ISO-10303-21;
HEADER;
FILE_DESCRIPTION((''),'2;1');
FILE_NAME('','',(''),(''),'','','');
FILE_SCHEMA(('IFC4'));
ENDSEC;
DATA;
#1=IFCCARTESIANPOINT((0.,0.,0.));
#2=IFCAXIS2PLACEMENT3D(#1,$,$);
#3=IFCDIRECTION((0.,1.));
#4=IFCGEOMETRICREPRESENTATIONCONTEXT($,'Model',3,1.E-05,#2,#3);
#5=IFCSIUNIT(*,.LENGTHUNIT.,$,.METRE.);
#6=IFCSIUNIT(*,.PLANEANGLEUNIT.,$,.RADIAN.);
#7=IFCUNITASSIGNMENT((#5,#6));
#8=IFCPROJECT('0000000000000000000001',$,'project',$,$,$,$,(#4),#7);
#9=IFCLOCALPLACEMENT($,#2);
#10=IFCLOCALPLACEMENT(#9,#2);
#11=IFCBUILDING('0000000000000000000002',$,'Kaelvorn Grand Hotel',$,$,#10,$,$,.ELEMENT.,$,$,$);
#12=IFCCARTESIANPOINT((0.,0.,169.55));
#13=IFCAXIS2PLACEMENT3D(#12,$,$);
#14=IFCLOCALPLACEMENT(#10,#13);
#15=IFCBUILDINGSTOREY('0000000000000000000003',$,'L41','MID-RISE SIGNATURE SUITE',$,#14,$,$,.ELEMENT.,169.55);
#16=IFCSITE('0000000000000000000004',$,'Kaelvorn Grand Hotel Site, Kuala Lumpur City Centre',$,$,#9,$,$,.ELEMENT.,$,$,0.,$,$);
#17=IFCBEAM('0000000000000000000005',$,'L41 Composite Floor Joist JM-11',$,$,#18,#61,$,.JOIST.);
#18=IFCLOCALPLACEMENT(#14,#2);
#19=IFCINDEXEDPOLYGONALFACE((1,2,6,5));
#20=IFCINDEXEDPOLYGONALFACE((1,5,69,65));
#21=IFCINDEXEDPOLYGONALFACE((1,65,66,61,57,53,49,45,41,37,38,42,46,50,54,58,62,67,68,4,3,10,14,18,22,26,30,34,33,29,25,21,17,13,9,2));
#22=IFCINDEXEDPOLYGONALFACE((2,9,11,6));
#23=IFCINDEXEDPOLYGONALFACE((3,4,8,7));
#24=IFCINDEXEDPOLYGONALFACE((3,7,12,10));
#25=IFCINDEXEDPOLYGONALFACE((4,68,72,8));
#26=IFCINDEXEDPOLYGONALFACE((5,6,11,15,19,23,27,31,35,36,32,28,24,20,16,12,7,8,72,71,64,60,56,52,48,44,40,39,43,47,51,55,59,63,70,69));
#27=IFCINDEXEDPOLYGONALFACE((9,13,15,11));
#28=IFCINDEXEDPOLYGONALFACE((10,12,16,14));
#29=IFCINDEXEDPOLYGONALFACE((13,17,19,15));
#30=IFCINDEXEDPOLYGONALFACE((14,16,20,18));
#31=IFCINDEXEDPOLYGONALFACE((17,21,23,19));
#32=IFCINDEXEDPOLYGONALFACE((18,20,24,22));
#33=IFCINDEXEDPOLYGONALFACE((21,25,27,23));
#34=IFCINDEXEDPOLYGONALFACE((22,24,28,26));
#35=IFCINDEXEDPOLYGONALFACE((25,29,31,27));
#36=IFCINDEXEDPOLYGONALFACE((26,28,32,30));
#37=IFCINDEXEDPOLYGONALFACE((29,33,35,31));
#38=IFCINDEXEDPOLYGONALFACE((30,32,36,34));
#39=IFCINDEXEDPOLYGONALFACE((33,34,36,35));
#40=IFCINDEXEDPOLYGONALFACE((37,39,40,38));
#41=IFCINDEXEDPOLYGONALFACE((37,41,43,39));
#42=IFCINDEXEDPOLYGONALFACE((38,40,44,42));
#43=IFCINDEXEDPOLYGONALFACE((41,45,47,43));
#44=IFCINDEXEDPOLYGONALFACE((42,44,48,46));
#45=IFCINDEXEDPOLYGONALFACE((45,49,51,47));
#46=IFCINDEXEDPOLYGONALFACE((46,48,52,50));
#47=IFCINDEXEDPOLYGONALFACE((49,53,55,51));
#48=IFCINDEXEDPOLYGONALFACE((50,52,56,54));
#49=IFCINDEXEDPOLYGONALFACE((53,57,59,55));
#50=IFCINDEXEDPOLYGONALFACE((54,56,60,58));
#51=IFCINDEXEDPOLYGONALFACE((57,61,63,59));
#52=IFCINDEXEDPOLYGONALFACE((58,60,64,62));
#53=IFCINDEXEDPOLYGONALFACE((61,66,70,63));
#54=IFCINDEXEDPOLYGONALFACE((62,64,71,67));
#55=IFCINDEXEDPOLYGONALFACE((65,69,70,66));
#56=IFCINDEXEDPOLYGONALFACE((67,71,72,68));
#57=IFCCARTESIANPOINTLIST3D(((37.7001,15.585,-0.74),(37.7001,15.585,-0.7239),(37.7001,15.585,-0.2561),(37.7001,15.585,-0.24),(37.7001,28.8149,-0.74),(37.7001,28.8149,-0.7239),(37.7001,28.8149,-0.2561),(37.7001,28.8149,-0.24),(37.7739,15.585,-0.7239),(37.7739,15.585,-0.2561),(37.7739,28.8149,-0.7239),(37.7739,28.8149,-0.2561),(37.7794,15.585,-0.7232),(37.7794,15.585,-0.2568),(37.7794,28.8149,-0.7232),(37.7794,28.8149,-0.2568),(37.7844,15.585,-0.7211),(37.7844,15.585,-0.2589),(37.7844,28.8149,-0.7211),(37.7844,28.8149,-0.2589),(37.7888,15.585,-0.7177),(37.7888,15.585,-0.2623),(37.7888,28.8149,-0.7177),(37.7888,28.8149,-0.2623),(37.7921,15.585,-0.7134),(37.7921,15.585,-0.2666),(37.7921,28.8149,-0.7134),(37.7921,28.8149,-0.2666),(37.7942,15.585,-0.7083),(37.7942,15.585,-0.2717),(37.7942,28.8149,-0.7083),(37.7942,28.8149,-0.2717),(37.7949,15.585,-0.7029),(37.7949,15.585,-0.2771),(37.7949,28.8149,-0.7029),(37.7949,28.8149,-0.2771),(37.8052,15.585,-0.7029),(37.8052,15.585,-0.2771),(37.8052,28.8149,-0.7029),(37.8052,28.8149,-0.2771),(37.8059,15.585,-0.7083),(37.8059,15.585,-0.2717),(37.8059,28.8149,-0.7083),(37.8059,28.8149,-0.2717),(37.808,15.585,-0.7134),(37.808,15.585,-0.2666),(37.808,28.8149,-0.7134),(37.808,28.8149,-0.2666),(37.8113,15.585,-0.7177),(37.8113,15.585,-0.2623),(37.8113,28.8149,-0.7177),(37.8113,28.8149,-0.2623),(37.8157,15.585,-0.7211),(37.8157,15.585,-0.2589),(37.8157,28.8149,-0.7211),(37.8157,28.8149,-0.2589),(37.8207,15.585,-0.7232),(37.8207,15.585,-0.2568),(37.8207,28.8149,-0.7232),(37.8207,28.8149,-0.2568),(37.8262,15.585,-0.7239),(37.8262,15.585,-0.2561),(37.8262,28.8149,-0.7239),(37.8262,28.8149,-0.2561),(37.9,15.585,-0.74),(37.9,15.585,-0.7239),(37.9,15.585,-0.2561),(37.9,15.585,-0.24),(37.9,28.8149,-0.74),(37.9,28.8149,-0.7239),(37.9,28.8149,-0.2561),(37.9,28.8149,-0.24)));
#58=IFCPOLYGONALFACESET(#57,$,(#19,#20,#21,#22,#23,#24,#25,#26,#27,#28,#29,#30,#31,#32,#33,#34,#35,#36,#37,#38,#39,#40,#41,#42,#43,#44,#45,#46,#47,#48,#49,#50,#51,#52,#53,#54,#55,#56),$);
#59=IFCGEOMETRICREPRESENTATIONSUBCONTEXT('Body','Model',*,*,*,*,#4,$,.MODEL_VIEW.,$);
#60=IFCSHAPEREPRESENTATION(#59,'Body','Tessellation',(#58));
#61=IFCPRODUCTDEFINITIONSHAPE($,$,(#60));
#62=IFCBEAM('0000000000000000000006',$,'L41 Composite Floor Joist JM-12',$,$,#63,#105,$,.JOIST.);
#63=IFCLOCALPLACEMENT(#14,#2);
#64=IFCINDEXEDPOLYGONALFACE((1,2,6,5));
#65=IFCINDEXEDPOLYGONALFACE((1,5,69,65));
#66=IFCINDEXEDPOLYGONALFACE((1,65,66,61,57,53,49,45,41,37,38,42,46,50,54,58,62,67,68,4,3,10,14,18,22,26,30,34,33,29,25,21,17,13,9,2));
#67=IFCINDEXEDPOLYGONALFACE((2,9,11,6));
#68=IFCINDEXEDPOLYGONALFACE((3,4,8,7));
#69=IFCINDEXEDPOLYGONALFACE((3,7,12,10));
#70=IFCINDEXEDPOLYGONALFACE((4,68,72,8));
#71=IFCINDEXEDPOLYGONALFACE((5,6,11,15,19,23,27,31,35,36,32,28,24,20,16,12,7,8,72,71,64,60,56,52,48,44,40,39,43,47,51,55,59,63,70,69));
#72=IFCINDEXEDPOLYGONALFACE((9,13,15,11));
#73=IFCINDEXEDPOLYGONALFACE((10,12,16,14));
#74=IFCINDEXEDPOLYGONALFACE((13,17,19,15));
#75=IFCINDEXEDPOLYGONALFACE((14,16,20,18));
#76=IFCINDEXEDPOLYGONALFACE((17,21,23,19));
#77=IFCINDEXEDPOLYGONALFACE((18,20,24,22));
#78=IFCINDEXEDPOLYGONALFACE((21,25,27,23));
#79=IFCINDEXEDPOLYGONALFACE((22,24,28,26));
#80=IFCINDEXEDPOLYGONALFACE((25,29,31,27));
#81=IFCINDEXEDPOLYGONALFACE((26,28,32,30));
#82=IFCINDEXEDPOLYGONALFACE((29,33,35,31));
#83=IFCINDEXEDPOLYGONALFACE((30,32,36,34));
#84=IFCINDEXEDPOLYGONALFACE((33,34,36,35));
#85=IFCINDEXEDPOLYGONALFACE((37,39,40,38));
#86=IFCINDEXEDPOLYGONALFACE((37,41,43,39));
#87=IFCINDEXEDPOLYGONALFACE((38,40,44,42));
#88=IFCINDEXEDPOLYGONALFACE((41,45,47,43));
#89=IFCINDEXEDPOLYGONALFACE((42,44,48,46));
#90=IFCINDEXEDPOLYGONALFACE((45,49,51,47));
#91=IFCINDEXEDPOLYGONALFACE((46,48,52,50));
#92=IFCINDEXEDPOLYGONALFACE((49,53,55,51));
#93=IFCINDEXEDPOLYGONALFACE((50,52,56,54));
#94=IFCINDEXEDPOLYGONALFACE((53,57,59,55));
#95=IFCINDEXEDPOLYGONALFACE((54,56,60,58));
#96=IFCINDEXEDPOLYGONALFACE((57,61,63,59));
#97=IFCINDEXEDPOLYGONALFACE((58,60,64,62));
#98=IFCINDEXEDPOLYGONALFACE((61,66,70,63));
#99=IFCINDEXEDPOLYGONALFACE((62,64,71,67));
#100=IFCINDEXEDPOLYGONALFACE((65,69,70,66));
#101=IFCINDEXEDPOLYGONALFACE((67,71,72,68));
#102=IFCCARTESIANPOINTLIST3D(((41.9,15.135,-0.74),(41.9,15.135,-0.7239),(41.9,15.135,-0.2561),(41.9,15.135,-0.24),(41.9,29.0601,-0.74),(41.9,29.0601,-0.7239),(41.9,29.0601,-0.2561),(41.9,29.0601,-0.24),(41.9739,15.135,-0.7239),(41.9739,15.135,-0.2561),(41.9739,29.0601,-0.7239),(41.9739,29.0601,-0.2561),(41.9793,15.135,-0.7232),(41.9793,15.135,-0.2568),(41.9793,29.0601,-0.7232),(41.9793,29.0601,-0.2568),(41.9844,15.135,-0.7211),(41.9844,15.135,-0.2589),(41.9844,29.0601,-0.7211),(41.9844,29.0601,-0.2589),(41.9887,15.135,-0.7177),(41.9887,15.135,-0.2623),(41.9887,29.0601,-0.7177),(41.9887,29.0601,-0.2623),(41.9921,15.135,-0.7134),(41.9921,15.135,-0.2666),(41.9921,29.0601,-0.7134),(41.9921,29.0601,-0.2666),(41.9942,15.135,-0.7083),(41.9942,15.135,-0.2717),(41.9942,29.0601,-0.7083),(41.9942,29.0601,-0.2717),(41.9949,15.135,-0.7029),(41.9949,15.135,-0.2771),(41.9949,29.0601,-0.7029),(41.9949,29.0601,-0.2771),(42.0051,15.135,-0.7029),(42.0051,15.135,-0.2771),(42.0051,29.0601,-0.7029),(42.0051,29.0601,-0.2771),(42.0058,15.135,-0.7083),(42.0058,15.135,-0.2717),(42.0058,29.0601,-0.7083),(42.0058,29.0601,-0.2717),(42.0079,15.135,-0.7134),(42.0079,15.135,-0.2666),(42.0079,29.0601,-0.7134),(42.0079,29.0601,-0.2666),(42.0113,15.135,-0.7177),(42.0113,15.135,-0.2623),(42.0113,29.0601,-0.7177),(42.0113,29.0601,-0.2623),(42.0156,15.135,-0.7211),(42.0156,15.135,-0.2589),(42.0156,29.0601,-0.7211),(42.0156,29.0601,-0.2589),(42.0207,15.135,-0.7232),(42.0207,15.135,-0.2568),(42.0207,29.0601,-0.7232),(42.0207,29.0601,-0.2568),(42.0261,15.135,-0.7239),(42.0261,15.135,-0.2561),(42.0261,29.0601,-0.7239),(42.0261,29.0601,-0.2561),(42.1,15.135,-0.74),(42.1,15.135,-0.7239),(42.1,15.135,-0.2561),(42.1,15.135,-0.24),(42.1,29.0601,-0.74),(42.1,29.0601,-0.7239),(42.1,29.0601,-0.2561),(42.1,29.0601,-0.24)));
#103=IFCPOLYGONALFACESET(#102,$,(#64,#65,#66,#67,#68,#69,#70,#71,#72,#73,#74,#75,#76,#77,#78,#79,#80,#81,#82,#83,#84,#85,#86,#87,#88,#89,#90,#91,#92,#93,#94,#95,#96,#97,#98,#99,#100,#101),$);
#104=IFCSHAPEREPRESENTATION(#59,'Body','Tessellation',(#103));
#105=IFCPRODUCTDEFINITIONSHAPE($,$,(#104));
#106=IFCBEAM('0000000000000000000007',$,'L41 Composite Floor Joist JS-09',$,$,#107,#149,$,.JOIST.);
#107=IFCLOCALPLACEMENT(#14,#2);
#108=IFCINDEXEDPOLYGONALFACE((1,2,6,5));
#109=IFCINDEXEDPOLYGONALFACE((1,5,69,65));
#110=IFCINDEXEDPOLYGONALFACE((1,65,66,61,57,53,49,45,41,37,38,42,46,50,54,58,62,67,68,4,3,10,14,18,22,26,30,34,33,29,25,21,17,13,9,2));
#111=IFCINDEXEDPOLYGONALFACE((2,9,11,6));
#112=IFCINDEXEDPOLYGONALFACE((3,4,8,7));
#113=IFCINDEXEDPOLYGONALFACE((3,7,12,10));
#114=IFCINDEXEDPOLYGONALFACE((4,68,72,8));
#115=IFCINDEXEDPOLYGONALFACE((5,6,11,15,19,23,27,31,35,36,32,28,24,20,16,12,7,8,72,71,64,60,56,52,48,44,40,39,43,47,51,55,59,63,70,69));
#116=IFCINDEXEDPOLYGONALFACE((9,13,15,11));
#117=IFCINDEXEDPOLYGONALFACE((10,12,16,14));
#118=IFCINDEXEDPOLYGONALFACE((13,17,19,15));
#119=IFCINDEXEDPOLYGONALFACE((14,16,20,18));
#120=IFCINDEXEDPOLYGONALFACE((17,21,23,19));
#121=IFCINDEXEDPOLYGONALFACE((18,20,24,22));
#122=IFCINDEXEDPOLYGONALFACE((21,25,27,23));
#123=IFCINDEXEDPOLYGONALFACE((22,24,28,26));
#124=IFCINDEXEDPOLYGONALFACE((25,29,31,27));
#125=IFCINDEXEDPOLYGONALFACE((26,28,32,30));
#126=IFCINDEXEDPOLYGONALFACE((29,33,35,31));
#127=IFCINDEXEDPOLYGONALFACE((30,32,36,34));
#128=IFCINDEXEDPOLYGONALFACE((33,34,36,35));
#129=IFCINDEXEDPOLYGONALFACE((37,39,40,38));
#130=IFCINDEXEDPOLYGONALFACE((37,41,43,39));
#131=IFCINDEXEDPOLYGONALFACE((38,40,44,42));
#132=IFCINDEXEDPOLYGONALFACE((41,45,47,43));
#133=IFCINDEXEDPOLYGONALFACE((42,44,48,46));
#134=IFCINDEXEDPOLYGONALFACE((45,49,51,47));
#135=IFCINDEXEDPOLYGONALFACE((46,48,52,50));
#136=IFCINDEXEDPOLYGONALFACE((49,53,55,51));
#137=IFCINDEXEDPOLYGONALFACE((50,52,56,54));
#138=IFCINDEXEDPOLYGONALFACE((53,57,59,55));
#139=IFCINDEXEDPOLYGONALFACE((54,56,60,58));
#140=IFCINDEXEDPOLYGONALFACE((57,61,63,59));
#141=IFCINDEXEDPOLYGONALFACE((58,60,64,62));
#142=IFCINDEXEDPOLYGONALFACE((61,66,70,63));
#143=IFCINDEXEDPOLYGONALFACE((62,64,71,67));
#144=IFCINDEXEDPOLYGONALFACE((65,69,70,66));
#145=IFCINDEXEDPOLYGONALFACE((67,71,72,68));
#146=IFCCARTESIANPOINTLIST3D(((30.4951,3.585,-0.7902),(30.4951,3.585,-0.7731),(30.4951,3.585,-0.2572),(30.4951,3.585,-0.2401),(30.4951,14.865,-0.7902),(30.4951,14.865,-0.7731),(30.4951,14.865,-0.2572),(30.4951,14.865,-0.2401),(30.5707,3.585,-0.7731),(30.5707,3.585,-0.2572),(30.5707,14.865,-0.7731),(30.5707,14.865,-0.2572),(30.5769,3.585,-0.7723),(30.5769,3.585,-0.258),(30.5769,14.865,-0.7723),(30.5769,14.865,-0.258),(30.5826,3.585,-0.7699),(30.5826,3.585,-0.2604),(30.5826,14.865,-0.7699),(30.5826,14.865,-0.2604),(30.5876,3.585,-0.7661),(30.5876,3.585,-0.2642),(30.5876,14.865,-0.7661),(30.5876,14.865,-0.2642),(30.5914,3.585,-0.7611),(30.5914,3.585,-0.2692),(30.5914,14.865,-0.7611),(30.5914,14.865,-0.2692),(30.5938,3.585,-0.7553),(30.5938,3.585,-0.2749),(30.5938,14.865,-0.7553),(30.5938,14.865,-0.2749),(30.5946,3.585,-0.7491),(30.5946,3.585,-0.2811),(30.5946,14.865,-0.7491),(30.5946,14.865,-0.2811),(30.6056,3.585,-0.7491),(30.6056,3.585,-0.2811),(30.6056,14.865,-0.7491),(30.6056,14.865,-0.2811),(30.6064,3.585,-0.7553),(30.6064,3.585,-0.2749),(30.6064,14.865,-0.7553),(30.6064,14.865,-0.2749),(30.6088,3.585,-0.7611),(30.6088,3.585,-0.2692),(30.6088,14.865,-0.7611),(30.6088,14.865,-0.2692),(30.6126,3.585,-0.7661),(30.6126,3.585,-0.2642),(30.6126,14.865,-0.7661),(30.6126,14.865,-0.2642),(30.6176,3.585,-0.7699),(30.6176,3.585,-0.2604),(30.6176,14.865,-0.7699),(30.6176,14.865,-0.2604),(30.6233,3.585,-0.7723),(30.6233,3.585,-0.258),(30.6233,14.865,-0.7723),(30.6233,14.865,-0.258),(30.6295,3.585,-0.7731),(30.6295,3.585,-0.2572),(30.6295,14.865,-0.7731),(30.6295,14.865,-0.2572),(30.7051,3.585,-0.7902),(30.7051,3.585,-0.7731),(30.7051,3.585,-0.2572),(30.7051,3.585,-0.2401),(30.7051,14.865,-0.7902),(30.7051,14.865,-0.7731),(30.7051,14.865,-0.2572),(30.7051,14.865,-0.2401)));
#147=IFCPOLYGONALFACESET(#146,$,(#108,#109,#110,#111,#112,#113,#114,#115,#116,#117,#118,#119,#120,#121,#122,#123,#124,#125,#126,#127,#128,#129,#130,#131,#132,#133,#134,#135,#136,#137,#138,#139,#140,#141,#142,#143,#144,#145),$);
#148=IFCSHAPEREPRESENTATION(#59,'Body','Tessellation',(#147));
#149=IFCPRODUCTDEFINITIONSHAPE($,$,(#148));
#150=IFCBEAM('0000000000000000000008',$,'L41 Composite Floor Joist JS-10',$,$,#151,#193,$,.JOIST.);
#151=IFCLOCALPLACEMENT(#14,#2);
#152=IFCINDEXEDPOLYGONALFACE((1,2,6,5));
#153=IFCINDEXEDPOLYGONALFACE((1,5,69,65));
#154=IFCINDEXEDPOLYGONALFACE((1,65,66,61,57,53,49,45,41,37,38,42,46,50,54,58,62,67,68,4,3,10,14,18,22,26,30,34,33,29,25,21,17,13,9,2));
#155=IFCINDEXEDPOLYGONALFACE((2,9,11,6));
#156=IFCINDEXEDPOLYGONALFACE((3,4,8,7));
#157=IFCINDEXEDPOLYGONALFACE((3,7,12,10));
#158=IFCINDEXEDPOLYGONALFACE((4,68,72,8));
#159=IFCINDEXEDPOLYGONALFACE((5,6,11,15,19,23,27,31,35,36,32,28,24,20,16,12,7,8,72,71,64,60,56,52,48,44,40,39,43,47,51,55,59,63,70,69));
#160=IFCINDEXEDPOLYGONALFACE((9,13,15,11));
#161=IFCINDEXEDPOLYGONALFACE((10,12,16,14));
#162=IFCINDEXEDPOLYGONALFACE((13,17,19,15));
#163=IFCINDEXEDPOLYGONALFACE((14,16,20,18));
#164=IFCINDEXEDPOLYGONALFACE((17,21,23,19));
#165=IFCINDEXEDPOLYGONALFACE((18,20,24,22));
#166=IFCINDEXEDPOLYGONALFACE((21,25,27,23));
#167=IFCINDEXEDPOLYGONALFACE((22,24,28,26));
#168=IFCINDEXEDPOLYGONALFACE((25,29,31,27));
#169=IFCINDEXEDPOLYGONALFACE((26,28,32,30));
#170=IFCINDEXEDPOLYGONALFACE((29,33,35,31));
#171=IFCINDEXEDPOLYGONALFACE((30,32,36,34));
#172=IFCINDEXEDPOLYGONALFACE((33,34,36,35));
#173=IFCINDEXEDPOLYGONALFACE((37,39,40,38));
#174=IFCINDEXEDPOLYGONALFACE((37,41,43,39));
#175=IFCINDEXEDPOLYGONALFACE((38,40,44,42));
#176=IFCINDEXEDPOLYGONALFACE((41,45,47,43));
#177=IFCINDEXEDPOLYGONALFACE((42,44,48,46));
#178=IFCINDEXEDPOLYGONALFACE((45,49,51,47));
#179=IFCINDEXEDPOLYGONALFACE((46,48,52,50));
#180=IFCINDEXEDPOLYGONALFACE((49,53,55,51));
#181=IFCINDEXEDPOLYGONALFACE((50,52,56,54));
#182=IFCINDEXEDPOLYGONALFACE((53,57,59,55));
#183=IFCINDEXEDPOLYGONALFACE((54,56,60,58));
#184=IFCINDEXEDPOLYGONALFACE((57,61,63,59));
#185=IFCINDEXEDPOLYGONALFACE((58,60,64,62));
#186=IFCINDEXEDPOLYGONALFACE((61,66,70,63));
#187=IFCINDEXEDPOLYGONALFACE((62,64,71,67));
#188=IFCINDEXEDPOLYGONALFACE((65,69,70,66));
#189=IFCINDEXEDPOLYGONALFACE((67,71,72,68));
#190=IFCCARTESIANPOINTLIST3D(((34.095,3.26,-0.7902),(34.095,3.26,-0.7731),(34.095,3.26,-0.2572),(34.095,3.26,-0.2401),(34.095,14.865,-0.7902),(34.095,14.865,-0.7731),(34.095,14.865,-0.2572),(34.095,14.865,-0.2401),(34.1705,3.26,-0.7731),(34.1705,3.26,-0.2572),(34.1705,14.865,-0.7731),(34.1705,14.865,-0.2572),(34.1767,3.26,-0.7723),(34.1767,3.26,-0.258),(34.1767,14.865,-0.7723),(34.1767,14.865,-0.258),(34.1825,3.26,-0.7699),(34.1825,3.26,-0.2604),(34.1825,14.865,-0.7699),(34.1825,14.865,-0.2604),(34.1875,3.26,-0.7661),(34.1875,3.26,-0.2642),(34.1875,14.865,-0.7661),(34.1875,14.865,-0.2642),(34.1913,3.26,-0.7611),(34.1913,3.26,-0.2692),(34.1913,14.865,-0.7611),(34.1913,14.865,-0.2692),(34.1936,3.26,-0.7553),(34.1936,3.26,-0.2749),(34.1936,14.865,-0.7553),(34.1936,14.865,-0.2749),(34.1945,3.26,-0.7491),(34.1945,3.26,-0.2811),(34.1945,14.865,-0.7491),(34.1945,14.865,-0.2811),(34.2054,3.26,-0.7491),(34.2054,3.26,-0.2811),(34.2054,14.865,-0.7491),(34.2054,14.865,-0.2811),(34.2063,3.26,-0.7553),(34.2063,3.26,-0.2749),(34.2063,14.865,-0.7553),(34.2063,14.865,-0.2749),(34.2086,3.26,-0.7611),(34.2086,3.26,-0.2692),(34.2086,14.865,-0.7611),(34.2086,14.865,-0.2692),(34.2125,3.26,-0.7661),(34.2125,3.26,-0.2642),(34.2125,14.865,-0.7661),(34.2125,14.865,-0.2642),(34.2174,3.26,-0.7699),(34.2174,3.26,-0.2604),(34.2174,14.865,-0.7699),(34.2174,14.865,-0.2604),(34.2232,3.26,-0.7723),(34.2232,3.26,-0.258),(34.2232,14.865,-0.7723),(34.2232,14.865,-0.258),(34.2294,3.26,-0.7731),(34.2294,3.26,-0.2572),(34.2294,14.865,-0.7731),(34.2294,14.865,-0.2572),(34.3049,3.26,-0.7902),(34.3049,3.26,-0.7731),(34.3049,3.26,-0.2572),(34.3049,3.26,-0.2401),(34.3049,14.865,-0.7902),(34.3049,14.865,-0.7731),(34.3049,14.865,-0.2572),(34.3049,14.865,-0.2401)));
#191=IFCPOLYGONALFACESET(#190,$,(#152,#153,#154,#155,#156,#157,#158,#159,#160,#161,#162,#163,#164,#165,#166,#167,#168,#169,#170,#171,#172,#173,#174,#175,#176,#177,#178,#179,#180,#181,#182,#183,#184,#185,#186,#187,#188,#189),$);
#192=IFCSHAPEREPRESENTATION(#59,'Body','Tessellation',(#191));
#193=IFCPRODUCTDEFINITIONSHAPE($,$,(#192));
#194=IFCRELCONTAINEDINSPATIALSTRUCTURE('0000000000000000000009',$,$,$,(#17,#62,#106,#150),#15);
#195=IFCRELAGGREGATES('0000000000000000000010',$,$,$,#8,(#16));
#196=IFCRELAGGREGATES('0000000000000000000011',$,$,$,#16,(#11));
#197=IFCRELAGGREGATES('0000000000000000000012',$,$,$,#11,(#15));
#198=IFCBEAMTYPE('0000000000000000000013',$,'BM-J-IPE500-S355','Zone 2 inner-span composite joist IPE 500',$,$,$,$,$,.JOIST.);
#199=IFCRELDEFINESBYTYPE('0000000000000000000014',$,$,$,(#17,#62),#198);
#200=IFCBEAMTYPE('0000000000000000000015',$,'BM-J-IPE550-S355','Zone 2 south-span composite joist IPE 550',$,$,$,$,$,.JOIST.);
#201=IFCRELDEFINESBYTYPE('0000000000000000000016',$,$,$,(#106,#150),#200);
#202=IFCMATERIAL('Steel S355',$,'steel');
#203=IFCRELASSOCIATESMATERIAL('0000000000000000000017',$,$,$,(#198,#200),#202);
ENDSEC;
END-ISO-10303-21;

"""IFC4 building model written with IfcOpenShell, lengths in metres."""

from ifc_helpers import new_model, si_unit, direction, frame, origin, origin_2d, place, context, subcontext, project, spatial, i_section, extrude, material, material_profile, profile_set, type_object, element, save


model = new_model("IFC4")

# Units and contexts
model_context = context("Model", 3, precision=1e-05, world=origin(), true_north=direction((0.0, 1.0)))
body_context = subcontext(model_context, "Body", "Model", "MODEL_VIEW")
ifc_project = project(units=[si_unit("LENGTHUNIT", "METRE"), si_unit("PLANEANGLEUNIT", "RADIAN")], contexts=[model_context])

# Site, building, storey
site_placement = place(None, origin())
site = spatial("IfcSite", under=ifc_project, at=site_placement, Name="Kaelvorn Grand Hotel Site, Kuala Lumpur City Centre", CompositionType="ELEMENT", RefElevation=0.0)
building_placement = place(site_placement, origin())
building = spatial("IfcBuilding", under=site, at=building_placement, Name="Kaelvorn Grand Hotel", CompositionType="ELEMENT")
storey_placement = place(building_placement, frame((0.0, 0.0, 169.55)))
storey = spatial("IfcBuildingStorey", under=building, at=storey_placement, Name="L41", Description="MID-RISE SIGNATURE SUITE", CompositionType="ELEMENT", Elevation=169.55)

# Beams
ifc_material_1 = material(Name="Steel S355", Category="steel")
ifc_material_profile_1 = material_profile(ifc_material_1, i_section(OverallWidth=0.2, OverallDepth=0.5, WebThickness=0.0103, FlangeThickness=0.0161, FilletRadius=0.021, at=origin_2d()), Name="IPE 500")
ifc_profile_set_1 = profile_set([ifc_material_profile_1], Name="Steel S355")
beam_type_1 = type_object("IfcBeamType", Name="BM-J-IPE500-S355", Description="Zone 2 inner-span composite joist IPE 500", PredefinedType="JOIST", material=ifc_profile_set_1)
beam_1_placement = place(storey_placement, frame((37.8, 15.585, -0.49), z_axis=(0.0, 1.0, 0.0), x_axis=(-1.0, 0.0, 0.0)))
element("IfcBeam", 1, at=beam_1_placement, inside=storey, type_object=beam_type_1, Name="L41 Composite Floor Joist JM-11", PredefinedType="JOIST", context=body_context, shape_type="SweptSolid", body=[
    extrude(i_section(OverallWidth=0.2, OverallDepth=0.5, WebThickness=0.0103, FlangeThickness=0.0161, FilletRadius=0.021, at=origin_2d()), origin(), (0.0, 0.0, 1.0), 13.23),
])
beam_2_placement = place(storey_placement, frame((42.0, 15.135, -0.49), z_axis=(0.0, 1.0, 0.0), x_axis=(-1.0, 0.0, 0.0)))
element("IfcBeam", 2, at=beam_2_placement, inside=storey, type_object=beam_type_1, Name="L41 Composite Floor Joist JM-12", PredefinedType="JOIST", context=body_context, shape_type="SweptSolid", body=[
    extrude(i_section(OverallWidth=0.2, OverallDepth=0.5, WebThickness=0.0103, FlangeThickness=0.0161, FilletRadius=0.021, at=origin_2d()), origin(), (0.0, 0.0, 1.0), 13.925),
])
ifc_material_profile_2 = material_profile(ifc_material_1, i_section(OverallWidth=0.21, OverallDepth=0.55, WebThickness=0.011, FlangeThickness=0.0171, FilletRadius=0.0239, at=origin_2d()), Name="IPE 550")
ifc_profile_set_2 = profile_set([ifc_material_profile_2], Name="Steel S355")
beam_type_2 = type_object("IfcBeamType", Name="BM-J-IPE550-S355", Description="Zone 2 south-span composite joist IPE 550", PredefinedType="JOIST", material=ifc_profile_set_2)
beam_3_placement = place(storey_placement, frame((30.6001, 3.585, -0.5151), z_axis=(0.0, 1.0, 0.0), x_axis=(-1.0, 0.0, 0.0)))
element("IfcBeam", 3, at=beam_3_placement, inside=storey, type_object=beam_type_2, Name="L41 Composite Floor Joist JS-09", PredefinedType="JOIST", context=body_context, shape_type="SweptSolid", body=[
    extrude(i_section(OverallWidth=0.21, OverallDepth=0.55, WebThickness=0.011, FlangeThickness=0.0171, FilletRadius=0.0239, at=origin_2d()), origin(), (0.0, 0.0, 1.0), 11.28),
])
beam_4_placement = place(storey_placement, frame((34.2, 3.26, -0.5151), z_axis=(0.0, 1.0, 0.0), x_axis=(-1.0, 0.0, 0.0)))
element("IfcBeam", 4, at=beam_4_placement, inside=storey, type_object=beam_type_2, Name="L41 Composite Floor Joist JS-10", PredefinedType="JOIST", context=body_context, shape_type="SweptSolid", body=[
    extrude(i_section(OverallWidth=0.21, OverallDepth=0.55, WebThickness=0.011, FlangeThickness=0.0171, FilletRadius=0.0239, at=origin_2d()), origin(), (0.0, 0.0, 1.0), 11.605),
])

save(model, "model.ifc")
